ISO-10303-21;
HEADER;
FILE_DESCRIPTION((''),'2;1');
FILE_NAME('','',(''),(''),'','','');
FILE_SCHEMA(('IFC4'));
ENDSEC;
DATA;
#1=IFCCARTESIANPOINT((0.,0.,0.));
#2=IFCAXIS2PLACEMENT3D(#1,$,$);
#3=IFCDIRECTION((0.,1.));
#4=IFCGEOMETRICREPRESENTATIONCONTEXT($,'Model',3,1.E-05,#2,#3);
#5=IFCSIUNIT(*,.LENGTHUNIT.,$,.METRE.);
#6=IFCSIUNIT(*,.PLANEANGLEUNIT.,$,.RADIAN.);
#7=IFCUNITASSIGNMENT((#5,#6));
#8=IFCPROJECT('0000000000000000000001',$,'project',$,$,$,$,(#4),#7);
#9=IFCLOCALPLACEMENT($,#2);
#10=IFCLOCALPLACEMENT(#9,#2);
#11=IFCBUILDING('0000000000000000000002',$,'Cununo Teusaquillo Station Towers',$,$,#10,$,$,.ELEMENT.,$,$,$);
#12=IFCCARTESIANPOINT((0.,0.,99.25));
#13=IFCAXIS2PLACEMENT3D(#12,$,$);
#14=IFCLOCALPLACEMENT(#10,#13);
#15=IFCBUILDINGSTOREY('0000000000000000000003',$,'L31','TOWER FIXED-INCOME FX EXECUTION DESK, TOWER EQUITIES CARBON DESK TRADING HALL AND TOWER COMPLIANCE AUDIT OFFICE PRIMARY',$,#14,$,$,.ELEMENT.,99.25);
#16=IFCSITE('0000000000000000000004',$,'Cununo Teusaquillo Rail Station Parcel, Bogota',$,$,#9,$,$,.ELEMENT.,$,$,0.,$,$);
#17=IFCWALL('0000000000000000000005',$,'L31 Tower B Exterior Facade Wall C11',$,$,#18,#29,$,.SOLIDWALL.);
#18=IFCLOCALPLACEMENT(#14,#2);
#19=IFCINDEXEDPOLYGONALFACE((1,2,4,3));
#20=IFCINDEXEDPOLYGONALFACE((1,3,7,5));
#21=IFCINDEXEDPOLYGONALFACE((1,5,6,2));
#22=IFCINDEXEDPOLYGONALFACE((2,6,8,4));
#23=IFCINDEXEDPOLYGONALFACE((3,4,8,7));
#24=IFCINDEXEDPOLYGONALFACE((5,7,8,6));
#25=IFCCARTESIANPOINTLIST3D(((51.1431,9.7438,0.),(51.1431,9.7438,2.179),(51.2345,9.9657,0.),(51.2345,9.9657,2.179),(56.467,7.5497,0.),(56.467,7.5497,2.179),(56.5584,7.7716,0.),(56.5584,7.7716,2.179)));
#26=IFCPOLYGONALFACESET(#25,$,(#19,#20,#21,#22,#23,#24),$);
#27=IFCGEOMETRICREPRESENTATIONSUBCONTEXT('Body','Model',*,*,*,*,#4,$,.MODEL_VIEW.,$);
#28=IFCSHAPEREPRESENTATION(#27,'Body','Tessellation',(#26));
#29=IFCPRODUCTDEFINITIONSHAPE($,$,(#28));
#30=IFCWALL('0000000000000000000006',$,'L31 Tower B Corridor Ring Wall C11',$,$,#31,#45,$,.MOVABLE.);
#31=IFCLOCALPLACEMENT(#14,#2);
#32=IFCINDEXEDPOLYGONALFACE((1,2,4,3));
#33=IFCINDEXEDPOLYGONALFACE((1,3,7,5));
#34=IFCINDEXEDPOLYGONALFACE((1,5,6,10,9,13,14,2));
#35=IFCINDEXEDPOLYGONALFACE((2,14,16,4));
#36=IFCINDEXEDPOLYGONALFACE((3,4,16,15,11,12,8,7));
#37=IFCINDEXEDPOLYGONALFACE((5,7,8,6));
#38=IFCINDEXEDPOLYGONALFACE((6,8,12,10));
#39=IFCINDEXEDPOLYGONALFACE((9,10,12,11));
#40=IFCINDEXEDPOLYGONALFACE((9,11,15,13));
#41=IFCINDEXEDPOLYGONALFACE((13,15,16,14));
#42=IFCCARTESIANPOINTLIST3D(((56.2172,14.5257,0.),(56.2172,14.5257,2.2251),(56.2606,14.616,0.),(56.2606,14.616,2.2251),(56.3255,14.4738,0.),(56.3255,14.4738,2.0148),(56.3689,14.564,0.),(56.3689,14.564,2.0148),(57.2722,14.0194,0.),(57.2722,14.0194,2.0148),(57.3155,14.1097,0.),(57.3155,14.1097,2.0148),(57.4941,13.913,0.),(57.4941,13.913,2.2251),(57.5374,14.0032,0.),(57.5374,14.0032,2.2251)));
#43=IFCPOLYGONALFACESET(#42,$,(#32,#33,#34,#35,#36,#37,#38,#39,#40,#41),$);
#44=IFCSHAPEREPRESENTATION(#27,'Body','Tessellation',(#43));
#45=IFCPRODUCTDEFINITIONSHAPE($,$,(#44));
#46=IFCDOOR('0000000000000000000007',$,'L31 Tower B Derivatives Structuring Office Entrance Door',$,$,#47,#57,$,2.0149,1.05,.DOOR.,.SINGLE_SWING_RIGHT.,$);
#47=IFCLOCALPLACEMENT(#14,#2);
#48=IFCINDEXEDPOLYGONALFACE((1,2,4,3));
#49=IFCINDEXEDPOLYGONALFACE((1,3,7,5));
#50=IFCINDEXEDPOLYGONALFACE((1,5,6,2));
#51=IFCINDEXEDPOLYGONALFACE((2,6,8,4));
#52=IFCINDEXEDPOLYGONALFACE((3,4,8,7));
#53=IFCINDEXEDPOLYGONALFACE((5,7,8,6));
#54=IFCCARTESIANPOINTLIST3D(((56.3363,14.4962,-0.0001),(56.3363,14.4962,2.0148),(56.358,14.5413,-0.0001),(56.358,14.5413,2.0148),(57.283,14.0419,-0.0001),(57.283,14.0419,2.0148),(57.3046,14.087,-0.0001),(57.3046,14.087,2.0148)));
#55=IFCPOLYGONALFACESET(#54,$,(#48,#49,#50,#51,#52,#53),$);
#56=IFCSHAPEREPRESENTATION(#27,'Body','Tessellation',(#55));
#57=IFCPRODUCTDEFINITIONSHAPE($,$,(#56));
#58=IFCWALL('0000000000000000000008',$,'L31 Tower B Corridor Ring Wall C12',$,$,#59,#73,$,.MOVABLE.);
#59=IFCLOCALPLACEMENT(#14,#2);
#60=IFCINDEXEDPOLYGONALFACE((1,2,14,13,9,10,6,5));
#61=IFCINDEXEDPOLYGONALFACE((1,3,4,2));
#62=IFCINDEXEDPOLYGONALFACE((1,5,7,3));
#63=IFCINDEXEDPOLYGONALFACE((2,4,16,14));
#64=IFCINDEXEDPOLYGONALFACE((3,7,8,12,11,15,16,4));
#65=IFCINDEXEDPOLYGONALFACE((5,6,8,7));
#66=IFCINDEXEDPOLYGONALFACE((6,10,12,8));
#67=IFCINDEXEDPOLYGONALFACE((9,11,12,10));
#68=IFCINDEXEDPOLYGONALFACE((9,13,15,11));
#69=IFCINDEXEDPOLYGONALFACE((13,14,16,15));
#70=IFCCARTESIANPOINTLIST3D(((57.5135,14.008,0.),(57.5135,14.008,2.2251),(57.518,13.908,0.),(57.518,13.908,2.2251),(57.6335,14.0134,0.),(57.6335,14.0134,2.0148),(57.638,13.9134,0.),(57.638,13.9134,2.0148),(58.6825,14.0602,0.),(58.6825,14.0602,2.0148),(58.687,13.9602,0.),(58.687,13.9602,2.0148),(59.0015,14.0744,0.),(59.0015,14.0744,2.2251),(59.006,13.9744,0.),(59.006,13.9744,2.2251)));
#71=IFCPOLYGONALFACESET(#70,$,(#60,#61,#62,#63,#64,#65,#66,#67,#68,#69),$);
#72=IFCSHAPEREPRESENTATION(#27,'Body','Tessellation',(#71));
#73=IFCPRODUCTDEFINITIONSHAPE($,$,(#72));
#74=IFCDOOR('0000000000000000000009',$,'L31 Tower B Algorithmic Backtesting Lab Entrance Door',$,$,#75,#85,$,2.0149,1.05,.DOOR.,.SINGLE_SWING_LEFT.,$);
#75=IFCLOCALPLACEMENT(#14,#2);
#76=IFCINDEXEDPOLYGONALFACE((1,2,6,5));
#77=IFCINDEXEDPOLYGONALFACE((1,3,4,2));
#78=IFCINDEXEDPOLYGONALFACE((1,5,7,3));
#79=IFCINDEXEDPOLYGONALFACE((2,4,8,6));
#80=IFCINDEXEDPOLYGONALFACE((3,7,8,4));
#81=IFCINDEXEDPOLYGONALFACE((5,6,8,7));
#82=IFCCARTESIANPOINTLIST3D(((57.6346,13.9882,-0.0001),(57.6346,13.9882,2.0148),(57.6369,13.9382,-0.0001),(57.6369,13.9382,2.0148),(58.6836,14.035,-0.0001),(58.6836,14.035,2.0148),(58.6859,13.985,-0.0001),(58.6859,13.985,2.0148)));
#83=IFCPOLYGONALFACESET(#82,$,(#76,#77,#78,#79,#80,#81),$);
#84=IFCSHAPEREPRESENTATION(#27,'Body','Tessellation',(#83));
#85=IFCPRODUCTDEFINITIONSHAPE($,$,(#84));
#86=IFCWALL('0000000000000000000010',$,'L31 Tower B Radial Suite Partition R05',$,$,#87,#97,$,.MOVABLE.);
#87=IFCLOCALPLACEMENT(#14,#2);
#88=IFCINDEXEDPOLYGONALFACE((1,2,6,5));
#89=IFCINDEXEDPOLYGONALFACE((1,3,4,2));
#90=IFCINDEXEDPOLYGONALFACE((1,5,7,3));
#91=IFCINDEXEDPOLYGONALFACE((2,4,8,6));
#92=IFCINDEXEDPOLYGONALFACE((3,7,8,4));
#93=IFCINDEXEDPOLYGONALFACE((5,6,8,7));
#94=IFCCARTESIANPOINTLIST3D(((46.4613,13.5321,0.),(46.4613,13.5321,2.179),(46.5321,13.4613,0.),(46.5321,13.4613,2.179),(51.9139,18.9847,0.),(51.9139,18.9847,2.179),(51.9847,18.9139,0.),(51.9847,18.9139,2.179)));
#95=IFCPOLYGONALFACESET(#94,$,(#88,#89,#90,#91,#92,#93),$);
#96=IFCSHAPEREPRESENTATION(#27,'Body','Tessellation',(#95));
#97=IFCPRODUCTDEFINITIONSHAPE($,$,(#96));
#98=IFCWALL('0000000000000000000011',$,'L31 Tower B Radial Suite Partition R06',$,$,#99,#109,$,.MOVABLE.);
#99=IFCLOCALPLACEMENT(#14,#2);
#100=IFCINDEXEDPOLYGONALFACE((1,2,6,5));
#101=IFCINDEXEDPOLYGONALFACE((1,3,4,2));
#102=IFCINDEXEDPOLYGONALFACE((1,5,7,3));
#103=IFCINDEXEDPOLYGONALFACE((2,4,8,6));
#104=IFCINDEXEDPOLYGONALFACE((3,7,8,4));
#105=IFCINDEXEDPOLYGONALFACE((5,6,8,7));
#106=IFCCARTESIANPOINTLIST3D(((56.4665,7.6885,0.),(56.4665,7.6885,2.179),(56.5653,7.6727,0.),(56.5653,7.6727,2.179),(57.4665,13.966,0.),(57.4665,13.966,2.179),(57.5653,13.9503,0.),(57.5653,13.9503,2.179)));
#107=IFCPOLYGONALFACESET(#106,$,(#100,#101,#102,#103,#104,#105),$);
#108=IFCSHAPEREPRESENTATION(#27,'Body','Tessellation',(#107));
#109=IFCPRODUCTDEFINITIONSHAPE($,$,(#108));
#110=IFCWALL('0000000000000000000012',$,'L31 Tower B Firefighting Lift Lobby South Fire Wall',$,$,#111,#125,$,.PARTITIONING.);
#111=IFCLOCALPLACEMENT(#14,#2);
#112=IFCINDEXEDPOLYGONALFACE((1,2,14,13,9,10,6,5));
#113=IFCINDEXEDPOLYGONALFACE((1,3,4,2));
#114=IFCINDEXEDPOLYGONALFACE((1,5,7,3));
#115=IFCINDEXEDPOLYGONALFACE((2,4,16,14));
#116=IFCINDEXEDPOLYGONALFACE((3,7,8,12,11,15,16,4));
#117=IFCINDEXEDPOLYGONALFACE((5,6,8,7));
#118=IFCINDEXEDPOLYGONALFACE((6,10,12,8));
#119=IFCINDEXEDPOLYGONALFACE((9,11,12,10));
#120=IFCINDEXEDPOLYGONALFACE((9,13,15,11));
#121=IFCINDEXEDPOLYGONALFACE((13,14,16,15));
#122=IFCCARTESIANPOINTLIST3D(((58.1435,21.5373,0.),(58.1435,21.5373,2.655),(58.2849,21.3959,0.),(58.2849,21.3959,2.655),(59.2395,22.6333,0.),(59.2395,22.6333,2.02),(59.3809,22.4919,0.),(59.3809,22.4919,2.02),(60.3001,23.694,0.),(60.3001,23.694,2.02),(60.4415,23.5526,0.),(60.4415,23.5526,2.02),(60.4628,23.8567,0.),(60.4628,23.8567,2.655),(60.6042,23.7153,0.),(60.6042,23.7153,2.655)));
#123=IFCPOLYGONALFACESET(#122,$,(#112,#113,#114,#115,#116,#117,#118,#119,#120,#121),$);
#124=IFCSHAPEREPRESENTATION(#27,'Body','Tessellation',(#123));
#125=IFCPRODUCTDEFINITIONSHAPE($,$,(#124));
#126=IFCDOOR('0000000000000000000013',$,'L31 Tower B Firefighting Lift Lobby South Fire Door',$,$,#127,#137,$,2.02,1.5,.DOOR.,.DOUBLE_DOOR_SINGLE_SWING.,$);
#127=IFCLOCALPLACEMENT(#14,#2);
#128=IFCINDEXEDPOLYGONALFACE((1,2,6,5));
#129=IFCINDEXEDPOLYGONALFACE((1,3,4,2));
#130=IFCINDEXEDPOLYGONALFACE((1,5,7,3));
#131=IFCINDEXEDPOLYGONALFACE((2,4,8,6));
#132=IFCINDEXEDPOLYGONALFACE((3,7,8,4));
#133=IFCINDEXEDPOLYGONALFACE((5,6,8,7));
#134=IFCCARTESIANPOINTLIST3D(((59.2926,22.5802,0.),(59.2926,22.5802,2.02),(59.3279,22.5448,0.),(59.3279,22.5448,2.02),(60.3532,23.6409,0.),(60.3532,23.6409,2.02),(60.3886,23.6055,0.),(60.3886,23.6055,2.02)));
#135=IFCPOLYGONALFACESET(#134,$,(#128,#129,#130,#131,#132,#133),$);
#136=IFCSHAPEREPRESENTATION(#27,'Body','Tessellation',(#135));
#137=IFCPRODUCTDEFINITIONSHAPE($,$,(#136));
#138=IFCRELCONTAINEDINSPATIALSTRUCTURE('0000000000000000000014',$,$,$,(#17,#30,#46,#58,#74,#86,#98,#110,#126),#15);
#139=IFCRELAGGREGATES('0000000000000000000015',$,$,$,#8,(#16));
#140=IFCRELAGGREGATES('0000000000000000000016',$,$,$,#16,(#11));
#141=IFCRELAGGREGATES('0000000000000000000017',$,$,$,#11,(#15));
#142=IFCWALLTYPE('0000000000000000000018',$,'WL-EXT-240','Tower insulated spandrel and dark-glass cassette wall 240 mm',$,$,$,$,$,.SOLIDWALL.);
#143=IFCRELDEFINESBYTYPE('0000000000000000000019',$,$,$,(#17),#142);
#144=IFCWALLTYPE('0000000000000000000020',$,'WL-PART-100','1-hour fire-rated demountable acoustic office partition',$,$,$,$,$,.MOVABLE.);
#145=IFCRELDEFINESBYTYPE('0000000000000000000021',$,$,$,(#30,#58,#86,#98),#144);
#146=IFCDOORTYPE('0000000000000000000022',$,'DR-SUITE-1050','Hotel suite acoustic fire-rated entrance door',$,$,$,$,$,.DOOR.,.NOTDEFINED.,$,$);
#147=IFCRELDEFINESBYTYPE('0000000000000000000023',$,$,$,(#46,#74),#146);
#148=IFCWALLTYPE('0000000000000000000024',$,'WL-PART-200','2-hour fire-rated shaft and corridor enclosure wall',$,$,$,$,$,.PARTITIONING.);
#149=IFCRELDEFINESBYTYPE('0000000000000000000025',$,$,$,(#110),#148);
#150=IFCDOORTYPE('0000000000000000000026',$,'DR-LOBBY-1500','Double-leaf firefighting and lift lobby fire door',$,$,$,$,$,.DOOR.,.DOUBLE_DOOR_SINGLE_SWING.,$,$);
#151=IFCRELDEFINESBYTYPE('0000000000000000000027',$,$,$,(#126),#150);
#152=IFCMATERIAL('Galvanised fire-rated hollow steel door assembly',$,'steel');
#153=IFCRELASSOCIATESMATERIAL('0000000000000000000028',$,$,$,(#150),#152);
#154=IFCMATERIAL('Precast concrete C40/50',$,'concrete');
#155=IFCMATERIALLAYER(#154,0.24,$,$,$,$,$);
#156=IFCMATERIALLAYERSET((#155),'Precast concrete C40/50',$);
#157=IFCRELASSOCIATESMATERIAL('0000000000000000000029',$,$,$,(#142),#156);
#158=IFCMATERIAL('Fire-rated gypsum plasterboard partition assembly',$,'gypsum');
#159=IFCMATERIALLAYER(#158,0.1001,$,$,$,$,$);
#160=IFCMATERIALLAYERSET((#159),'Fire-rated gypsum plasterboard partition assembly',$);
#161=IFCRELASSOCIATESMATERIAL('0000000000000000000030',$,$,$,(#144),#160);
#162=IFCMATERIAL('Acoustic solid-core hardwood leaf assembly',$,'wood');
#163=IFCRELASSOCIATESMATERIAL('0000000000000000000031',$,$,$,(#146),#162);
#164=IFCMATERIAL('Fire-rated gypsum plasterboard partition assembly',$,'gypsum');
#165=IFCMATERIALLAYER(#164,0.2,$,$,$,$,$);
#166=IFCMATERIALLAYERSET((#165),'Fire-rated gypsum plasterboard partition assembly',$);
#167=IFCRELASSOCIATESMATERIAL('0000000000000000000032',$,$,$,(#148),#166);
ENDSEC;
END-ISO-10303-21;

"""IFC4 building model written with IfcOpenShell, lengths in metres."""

from ifc_helpers import new_model, si_unit, direction, frame, frame_2d, origin, place, context, subcontext, project, spatial, rectangle, extrude, source, transform, mapped, material, layer, layer_set, type_object, element, fill, save


model = new_model("IFC4")

# Units and contexts
model_context = context("Model", 3, precision=1e-05, world=origin(), true_north=direction((0.0, 1.0)))
body_context = subcontext(model_context, "Body", "Model", "MODEL_VIEW")
ifc_project = project(units=[si_unit("LENGTHUNIT", "METRE"), si_unit("PLANEANGLEUNIT", "RADIAN")], contexts=[model_context])

# Site, building, storey
site_placement = place(None, origin())
site = spatial("IfcSite", under=ifc_project, at=site_placement, Name="Cununo Teusaquillo Rail Station Parcel, Bogota", CompositionType="ELEMENT", RefElevation=0.0)
building_placement = place(site_placement, origin())
building = spatial("IfcBuilding", under=site, at=building_placement, Name="Cununo Teusaquillo Station Towers", CompositionType="ELEMENT")
storey_placement = place(building_placement, frame((0.0, 0.0, 99.25)))
storey = spatial("IfcBuildingStorey", under=building, at=storey_placement, Name="L31", Description="TOWER FIXED-INCOME FX EXECUTION DESK, TOWER EQUITIES CARBON DESK TRADING HALL AND TOWER COMPLIANCE AUDIT OFFICE PRIMARY", CompositionType="ELEMENT", Elevation=99.25)

# Shared definitions
ifc_material_1 = material(Name="Galvanised fire-rated hollow steel door assembly", Category="steel")
door_type_1 = type_object("IfcDoorType", Name="DR-LOBBY-1500", Description="Double-leaf firefighting and lift lobby fire door", OperationType="DOUBLE_DOOR_SINGLE_SWING", PredefinedType="DOOR", material=ifc_material_1)
shared_shape_1 = source(origin(), body_context, "Body", "SweptSolid", [
    extrude(rectangle(XDim=1.5, YDim=2.02, at=frame_2d((0.75, 1.01))), frame((0.0, 0.0249, 0.0), z_axis=(0.0, -1.0, 0.0), x_axis=(1.0, 0.0, 0.0)), (0.0, 0.0, 1.0), 0.05),
])

# Wall
ifc_material_2 = material(Name="Precast concrete C40/50", Category="concrete")
ifc_layer_1 = layer(ifc_material_2, 0.24)
ifc_layer_set_1 = layer_set([ifc_layer_1], Name="Precast concrete C40/50")
wall_type_1 = type_object("IfcWallType", Name="WL-EXT-240", Description="Tower insulated spandrel and dark-glass cassette wall 240 mm", PredefinedType="SOLIDWALL", material=ifc_layer_set_1)
wall_1_placement = place(storey_placement, frame((56.5127, 7.6606, 0.0), z_axis=(0.0, 0.0, 1.0), x_axis=(-0.924564, 0.381027, 0.0)))
element("IfcWall", 1, at=wall_1_placement, inside=storey, type_object=wall_type_1, Name="L31 Tower B Exterior Facade Wall C11", PredefinedType="SOLIDWALL", context=body_context, shape_type="SweptSolid", body=[
    extrude(rectangle(XDim=5.7583, YDim=0.24, at=frame_2d((2.8792, 0.0))), origin(), (0.0, 0.0, 1.0), 2.179),
])

# Walls, openings, doors
ifc_material_3 = material(Name="Fire-rated gypsum plasterboard partition assembly", Category="gypsum")
ifc_layer_2 = layer(ifc_material_3, 0.1001)
ifc_layer_set_2 = layer_set([ifc_layer_2], Name="Fire-rated gypsum plasterboard partition assembly")
wall_type_2 = type_object("IfcWallType", Name="WL-PART-100", Description="1-hour fire-rated demountable acoustic office partition", PredefinedType="MOVABLE", material=ifc_layer_set_2)
wall_2_placement = place(storey_placement, frame((56.239, 14.5708, 0.0), z_axis=(0.0, 0.0, 1.0), x_axis=(0.90155, -0.432675, 0.0)))
wall_2 = element("IfcWall", 2, at=wall_2_placement, inside=storey, type_object=wall_type_2, Name="L31 Tower B Corridor Ring Wall C11", PredefinedType="MOVABLE", context=body_context, shape_type="SweptSolid", body=[
    extrude(rectangle(XDim=1.4163, YDim=0.1001, at=frame_2d((0.708, 0.0))), origin(), (0.0, 0.0, 1.0), 2.2251),
])
shared_shape_2 = source(origin(), body_context, "Body", "SweptSolid", [
    extrude(rectangle(XDim=1.05, YDim=2.0149, at=frame_2d((0.5249, 1.0073))), frame((0.0, 0.0601, 0.0), z_axis=(0.0, -1.0, 0.0), x_axis=(1.0, 0.0, 0.0)), (0.0, 0.0, 1.0), 0.1201),
])
opening_1_placement = place(wall_2_placement, frame((0.1201, 0.0, 0.0)))
opening_1 = element("IfcOpeningElement", 3, at=opening_1_placement, cuts=wall_2, PredefinedType="OPENING", context=body_context, shape_type="MappedRepresentation", body=[
    mapped(shared_shape_2, transform((0.0, 0.0, 0.0), x_axis=(1.0, 0.0, 0.0), y_axis=(0.0, 1.0, 0.0), z_axis=(0.0, 0.0, 1.0), scale=1.0)),
])
ifc_material_4 = material(Name="Acoustic solid-core hardwood leaf assembly", Category="wood")
door_type_2 = type_object("IfcDoorType", Name="DR-SUITE-1050", Description="Hotel suite acoustic fire-rated entrance door", OperationType="NOTDEFINED", PredefinedType="DOOR", material=ifc_material_4)
shared_shape_3 = source(origin(), body_context, "Body", "SweptSolid", [
    extrude(rectangle(XDim=1.05, YDim=2.0149, at=frame_2d((0.5249, 1.0073))), frame((0.0, 0.0249, 0.0), z_axis=(0.0, -1.0, 0.0), x_axis=(1.0, 0.0, 0.0)), (0.0, 0.0, 1.0), 0.05),
])
door_1_placement = place(opening_1_placement, origin())
door_1 = element("IfcDoor", 4, at=door_1_placement, inside=storey, type_object=door_type_2, Name="L31 Tower B Derivatives Structuring Office Entrance Door", OperationType="SINGLE_SWING_RIGHT", OverallHeight=2.0149, OverallWidth=1.05, PredefinedType="DOOR", context=body_context, shape_type="MappedRepresentation", body=[
    mapped(shared_shape_3, transform((0.0, 0.0, 0.0), x_axis=(1.0, 0.0, 0.0), y_axis=(0.0, 1.0, 0.0), z_axis=(0.0, 0.0, 1.0), scale=1.0)),
])
fill(opening_1, door_1)
wall_3_placement = place(storey_placement, frame((57.5159, 13.958, 0.0), z_axis=(0.0, 0.0, 1.0), x_axis=(0.999006, 0.044582, 0.0)))
wall_3 = element("IfcWall", 5, at=wall_3_placement, inside=storey, type_object=wall_type_2, Name="L31 Tower B Corridor Ring Wall C12", PredefinedType="MOVABLE", context=body_context, shape_type="SweptSolid", body=[
    extrude(rectangle(XDim=1.4895, YDim=0.1001, at=frame_2d((0.7446, 0.0))), origin(), (0.0, 0.0, 1.0), 2.2251),
])
opening_2_placement = place(wall_3_placement, frame((0.1201, 0.0, 0.0)))
opening_2 = element("IfcOpeningElement", 6, at=opening_2_placement, cuts=wall_3, PredefinedType="OPENING", context=body_context, shape_type="MappedRepresentation", body=[
    mapped(shared_shape_2, transform((0.0, 0.0, 0.0), x_axis=(1.0, 0.0, 0.0), y_axis=(0.0, 1.0, 0.0), z_axis=(0.0, 0.0, 1.0), scale=1.0)),
])
door_2_placement = place(opening_2_placement, origin())
door_2 = element("IfcDoor", 7, at=door_2_placement, inside=storey, type_object=door_type_2, Name="L31 Tower B Algorithmic Backtesting Lab Entrance Door", OperationType="SINGLE_SWING_LEFT", OverallHeight=2.0149, OverallWidth=1.05, PredefinedType="DOOR", context=body_context, shape_type="MappedRepresentation", body=[
    mapped(shared_shape_3, transform((0.0, 0.0, 0.0), x_axis=(1.0, 0.0, 0.0), y_axis=(0.0, 1.0, 0.0), z_axis=(0.0, 0.0, 1.0), scale=1.0)),
])
fill(opening_2, door_2)

# Walls
wall_4_placement = place(storey_placement, frame((51.9492, 18.9492, 0.0), z_axis=(0.0, 0.0, 1.0), x_axis=(-0.707107, -0.707107, 0.0)))
element("IfcWall", 8, at=wall_4_placement, inside=storey, type_object=wall_type_2, Name="L31 Tower B Radial Suite Partition R05", PredefinedType="MOVABLE", context=body_context, shape_type="SweptSolid", body=[
    extrude(rectangle(XDim=7.7112, YDim=0.1001, at=frame_2d((3.8555, 0.0))), origin(), (0.0, 0.0, 1.0), 2.179),
])
wall_5_placement = place(storey_placement, frame((57.5159, 13.958, 0.0), z_axis=(0.0, 0.0, 1.0), x_axis=(-0.157313, -0.987549, 0.0)))
element("IfcWall", 9, at=wall_5_placement, inside=storey, type_object=wall_type_2, Name="L31 Tower B Radial Suite Partition R06", PredefinedType="MOVABLE", context=body_context, shape_type="SweptSolid", body=[
    extrude(rectangle(XDim=6.3567, YDim=0.1001, at=frame_2d((3.1782, 0.0))), origin(), (0.0, 0.0, 1.0), 2.179),
])

# Wall, opening, door
ifc_material_5 = material(Name="Fire-rated gypsum plasterboard partition assembly", Category="gypsum")
ifc_layer_3 = layer(ifc_material_5, 0.2)
ifc_layer_set_3 = layer_set([ifc_layer_3], Name="Fire-rated gypsum plasterboard partition assembly")
wall_type_3 = type_object("IfcWallType", Name="WL-PART-200", Description="2-hour fire-rated shaft and corridor enclosure wall", PredefinedType="PARTITIONING", material=ifc_layer_set_3)
wall_6_placement = place(storey_placement, frame((58.2141, 21.4666, 0.0), z_axis=(0.0, 0.0, 1.0), x_axis=(0.707107, 0.707107, 0.0)))
wall_6 = element("IfcWall", 10, at=wall_6_placement, inside=storey, type_object=wall_type_3, Name="L31 Tower B Firefighting Lift Lobby South Fire Wall", PredefinedType="PARTITIONING", context=body_context, shape_type="SweptSolid", body=[
    extrude(rectangle(XDim=3.28, YDim=0.2, at=frame_2d((1.6401, 0.0))), origin(), (0.0, 0.0, 1.0), 2.655),
])
shared_shape_4 = source(origin(), body_context, "Body", "SweptSolid", [
    extrude(rectangle(XDim=1.5, YDim=2.02, at=frame_2d((0.75, 1.01))), frame((0.0, 0.1099, 0.0), z_axis=(0.0, -1.0, 0.0), x_axis=(1.0, 0.0, 0.0)), (0.0, 0.0, 1.0), 0.22),
])
opening_3_placement = place(wall_6_placement, frame((1.55, 0.0, 0.0)))
opening_3 = element("IfcOpeningElement", 11, at=opening_3_placement, cuts=wall_6, PredefinedType="OPENING", context=body_context, shape_type="MappedRepresentation", body=[
    mapped(shared_shape_4, transform((0.0, 0.0, 0.0), x_axis=(1.0, 0.0, 0.0), y_axis=(0.0, 1.0, 0.0), z_axis=(0.0, 0.0, 1.0), scale=1.0)),
])
door_3_placement = place(opening_3_placement, origin())
door_3 = element("IfcDoor", 12, at=door_3_placement, inside=storey, type_object=door_type_1, Name="L31 Tower B Firefighting Lift Lobby South Fire Door", OperationType="DOUBLE_DOOR_SINGLE_SWING", OverallHeight=2.02, OverallWidth=1.5, PredefinedType="DOOR", context=body_context, shape_type="MappedRepresentation", body=[
    mapped(shared_shape_1, transform((0.0, 0.0, 0.0), x_axis=(1.0, 0.0, 0.0), y_axis=(0.0, 1.0, 0.0), z_axis=(0.0, 0.0, 1.0), scale=1.0)),
])
fill(opening_3, door_3)

save(model, "model.ifc")
